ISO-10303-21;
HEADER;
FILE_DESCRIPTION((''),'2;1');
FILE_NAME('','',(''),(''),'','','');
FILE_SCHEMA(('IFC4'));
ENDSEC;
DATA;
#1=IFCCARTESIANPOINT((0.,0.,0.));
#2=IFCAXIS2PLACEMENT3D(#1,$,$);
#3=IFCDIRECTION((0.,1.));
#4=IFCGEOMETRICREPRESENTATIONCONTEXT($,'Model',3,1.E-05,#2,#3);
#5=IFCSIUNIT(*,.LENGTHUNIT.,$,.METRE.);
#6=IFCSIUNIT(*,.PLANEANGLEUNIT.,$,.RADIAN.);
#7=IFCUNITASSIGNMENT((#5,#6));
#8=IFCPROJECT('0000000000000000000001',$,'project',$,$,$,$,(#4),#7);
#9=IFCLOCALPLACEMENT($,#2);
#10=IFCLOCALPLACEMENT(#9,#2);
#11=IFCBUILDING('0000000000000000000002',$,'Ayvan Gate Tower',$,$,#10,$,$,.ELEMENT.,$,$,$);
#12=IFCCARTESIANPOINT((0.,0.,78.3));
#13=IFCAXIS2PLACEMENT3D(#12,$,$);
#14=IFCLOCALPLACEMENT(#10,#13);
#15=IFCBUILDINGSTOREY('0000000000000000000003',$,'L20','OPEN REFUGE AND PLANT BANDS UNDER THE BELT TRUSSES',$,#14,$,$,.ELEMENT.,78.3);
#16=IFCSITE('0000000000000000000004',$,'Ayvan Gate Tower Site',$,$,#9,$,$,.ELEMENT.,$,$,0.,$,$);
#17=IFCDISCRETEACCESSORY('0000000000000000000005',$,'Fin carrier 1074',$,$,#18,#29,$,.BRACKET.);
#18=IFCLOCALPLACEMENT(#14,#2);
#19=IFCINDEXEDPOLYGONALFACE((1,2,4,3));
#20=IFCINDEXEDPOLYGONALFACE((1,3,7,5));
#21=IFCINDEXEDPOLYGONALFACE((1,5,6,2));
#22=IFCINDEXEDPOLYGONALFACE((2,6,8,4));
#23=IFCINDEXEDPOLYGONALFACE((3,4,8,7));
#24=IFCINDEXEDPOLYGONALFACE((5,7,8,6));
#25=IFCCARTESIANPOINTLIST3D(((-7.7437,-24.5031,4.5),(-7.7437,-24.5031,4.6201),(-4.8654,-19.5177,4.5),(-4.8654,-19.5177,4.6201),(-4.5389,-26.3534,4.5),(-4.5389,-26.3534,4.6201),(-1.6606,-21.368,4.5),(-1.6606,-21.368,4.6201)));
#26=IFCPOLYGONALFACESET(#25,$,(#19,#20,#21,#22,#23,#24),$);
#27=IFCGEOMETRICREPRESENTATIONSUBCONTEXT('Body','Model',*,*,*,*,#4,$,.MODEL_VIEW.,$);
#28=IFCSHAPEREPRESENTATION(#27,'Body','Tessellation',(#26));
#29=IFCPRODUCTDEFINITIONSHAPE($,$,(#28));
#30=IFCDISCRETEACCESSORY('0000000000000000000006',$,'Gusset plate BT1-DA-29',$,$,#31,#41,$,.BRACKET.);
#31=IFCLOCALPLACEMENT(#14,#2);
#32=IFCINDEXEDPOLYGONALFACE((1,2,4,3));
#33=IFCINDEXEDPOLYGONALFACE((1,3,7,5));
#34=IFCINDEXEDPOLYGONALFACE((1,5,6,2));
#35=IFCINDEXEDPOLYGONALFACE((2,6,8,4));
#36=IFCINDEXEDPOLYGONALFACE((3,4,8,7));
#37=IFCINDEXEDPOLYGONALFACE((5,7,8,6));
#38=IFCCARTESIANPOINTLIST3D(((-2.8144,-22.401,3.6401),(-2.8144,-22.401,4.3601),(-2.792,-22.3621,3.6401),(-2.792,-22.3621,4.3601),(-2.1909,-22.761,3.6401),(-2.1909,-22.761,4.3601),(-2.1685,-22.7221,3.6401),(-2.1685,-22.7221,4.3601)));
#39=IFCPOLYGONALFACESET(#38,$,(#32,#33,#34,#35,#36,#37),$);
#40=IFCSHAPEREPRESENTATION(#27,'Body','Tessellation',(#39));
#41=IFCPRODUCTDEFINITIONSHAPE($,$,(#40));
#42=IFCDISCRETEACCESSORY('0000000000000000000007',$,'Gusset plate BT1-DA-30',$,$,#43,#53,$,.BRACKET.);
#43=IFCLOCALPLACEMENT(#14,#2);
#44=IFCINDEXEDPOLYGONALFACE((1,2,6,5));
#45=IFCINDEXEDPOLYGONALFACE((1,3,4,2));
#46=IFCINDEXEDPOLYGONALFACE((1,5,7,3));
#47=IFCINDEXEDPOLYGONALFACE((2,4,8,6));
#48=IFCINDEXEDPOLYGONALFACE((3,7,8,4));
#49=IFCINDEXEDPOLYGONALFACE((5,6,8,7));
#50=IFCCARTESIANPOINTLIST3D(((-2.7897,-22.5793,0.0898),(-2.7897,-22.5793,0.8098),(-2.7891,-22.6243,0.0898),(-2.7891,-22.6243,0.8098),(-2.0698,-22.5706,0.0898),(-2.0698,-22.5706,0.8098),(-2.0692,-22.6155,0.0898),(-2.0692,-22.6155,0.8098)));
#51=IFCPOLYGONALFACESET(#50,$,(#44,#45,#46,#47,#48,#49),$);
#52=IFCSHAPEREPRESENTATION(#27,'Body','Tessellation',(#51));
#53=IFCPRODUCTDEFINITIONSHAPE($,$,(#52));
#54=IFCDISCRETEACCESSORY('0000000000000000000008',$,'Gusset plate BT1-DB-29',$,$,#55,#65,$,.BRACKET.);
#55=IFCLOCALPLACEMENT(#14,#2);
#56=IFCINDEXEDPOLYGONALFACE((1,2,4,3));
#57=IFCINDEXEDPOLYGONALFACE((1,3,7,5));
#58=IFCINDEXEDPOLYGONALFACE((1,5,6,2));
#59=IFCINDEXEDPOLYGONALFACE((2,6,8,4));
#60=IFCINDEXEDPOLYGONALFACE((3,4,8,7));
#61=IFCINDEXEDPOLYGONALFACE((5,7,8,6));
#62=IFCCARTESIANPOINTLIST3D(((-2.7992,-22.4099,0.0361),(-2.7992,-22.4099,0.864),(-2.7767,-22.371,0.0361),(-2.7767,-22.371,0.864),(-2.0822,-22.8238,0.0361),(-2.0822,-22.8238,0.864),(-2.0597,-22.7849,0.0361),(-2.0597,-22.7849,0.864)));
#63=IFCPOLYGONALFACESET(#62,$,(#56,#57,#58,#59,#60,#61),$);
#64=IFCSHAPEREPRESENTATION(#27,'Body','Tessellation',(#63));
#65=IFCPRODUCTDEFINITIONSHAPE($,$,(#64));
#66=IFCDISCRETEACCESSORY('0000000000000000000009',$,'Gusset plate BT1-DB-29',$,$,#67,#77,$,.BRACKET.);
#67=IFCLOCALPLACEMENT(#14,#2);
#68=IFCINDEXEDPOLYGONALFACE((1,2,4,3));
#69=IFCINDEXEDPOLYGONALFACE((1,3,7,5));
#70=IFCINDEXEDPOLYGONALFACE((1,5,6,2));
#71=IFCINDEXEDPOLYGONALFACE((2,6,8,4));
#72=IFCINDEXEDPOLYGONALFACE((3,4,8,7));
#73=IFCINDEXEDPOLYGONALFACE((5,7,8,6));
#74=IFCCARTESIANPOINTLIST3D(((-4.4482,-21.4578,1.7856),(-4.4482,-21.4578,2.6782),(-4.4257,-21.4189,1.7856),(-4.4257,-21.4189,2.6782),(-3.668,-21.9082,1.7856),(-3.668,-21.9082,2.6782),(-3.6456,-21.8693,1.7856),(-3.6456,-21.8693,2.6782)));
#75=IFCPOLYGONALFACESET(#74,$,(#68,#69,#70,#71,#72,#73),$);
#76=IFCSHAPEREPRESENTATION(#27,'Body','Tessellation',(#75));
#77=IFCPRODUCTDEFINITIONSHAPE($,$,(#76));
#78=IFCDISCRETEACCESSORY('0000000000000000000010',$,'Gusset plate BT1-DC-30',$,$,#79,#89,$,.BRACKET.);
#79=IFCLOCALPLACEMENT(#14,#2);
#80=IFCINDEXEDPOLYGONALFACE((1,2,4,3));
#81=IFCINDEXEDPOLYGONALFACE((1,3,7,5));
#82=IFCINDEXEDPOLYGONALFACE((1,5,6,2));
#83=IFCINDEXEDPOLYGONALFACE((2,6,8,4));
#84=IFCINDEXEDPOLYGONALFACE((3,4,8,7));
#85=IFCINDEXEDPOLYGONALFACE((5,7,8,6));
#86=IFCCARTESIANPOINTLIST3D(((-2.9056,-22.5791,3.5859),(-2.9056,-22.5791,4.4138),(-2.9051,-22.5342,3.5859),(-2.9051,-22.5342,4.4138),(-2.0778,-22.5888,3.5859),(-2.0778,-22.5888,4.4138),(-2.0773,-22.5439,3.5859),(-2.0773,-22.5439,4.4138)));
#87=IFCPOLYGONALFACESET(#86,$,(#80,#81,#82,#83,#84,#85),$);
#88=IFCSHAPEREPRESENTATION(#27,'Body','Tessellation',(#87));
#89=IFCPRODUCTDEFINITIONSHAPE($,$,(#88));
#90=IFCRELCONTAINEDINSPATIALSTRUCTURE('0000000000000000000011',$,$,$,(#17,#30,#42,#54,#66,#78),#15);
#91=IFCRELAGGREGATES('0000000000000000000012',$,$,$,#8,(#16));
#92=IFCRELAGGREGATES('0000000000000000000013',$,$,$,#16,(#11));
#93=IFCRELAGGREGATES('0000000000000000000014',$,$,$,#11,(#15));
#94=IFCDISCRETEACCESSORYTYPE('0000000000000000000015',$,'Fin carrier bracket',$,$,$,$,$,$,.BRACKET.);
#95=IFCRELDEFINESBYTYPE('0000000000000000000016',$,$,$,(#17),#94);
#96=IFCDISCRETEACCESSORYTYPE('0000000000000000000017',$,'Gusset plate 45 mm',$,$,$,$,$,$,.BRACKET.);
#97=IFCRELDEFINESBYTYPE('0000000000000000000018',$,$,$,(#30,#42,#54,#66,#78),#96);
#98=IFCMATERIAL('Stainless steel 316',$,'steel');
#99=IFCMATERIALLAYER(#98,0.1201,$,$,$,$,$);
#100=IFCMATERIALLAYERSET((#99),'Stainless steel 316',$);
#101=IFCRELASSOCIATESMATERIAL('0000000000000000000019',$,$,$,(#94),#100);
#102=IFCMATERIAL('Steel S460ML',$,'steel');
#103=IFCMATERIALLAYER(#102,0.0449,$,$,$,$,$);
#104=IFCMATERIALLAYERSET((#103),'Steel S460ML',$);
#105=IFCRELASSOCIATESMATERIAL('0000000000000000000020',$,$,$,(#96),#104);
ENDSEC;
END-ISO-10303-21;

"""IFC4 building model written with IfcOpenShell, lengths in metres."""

from ifc_helpers import new_model, si_unit, direction, frame, origin, origin_2d, place, context, subcontext, project, spatial, rectangle, extrude, material, layer, layer_set, type_object, element, save


model = new_model("IFC4")

# Units and contexts
model_context = context("Model", 3, precision=1e-05, world=origin(), true_north=direction((0.0, 1.0)))
body_context = subcontext(model_context, "Body", "Model", "MODEL_VIEW")
ifc_project = project(units=[si_unit("LENGTHUNIT", "METRE"), si_unit("PLANEANGLEUNIT", "RADIAN")], contexts=[model_context])

# Site, building, storey
site_placement = place(None, origin())
site = spatial("IfcSite", under=ifc_project, at=site_placement, Name="Ayvan Gate Tower Site", CompositionType="ELEMENT", RefElevation=0.0)
building_placement = place(site_placement, origin())
building = spatial("IfcBuilding", under=site, at=building_placement, Name="Ayvan Gate Tower", CompositionType="ELEMENT")
storey_placement = place(building_placement, frame((0.0, 0.0, 78.3)))
storey = spatial("IfcBuildingStorey", under=building, at=storey_placement, Name="L20", Description="OPEN REFUGE AND PLANT BANDS UNDER THE BELT TRUSSES", CompositionType="ELEMENT", Elevation=78.3)

# Shared definitions
ifc_material_1 = material(Name="Steel S460ML", Category="steel")

# Discrete accessories
ifc_material_2 = material(Name="Stainless steel 316", Category="steel")
ifc_layer_1 = layer(ifc_material_2, 0.1201)
ifc_layer_set_1 = layer_set([ifc_layer_1], Name="Stainless steel 316")
discrete_accessory_type_1 = type_object("IfcDiscreteAccessoryType", Name="Fin carrier bracket", PredefinedType="BRACKET", material=ifc_layer_set_1)
discrete_accessory_1_placement = place(storey_placement, frame((-4.7021, -22.9355, 4.5), z_axis=(0.0, 0.0, 1.0), x_axis=(0.866025, -0.5, 0.0)))
element("IfcDiscreteAccessory", 1, at=discrete_accessory_1_placement, inside=storey, type_object=discrete_accessory_type_1, Name="Fin carrier 1074", PredefinedType="BRACKET", context=body_context, shape_type="SweptSolid", body=[
    extrude(rectangle(XDim=3.7007, YDim=5.7566, at=origin_2d()), origin(), (0.0, 0.0, 1.0), 0.1201),
])
ifc_layer_2 = layer(ifc_material_1, 0.0449)
ifc_layer_set_2 = layer_set([ifc_layer_2], Name="Steel S460ML")
discrete_accessory_type_2 = type_object("IfcDiscreteAccessoryType", Name="Gusset plate 45 mm", PredefinedType="BRACKET", material=ifc_layer_set_2)
for number, where, z_axis, x_axis, name in (
    (2, (-2.4915, -22.5615, 3.6401), (0.0, 0.0, 1.0), (-0.866025, 0.5, 0.0), "Gusset plate BT1-DA-29"),
    (3, (-2.4294, -22.5974, 0.0898), (0.0, 0.0, 1.0), (0.999926, 0.012175, 0.0), "Gusset plate BT1-DA-30"),
):
    element("IfcDiscreteAccessory", number, at=place(storey_placement, frame(where, z_axis=z_axis, x_axis=x_axis)), inside=storey, type_object=discrete_accessory_type_2, Name=name, PredefinedType="BRACKET", context=body_context, shape_type="SweptSolid", body=[
        extrude(rectangle(XDim=0.72, YDim=0.0449, at=origin_2d()), origin(), (0.0, 0.0, 1.0), 0.72),
    ])
discrete_accessory_2_placement = place(storey_placement, frame((-2.4294, -22.5974, 0.0361), z_axis=(0.0, 0.0, 1.0), x_axis=(-0.866025, 0.5, 0.0)))
element("IfcDiscreteAccessory", 4, at=discrete_accessory_2_placement, inside=storey, type_object=discrete_accessory_type_2, Name="Gusset plate BT1-DB-29", PredefinedType="BRACKET", context=body_context, shape_type="SweptSolid", body=[
    extrude(rectangle(XDim=0.8279, YDim=0.0449, at=origin_2d()), origin(), (0.0, 0.0, 1.0), 0.8279),
])
discrete_accessory_3_placement = place(storey_placement, frame((-4.0469, -21.6636, 1.7856), z_axis=(0.0, 0.0, 1.0), x_axis=(-0.866025, 0.5, 0.0)))
element("IfcDiscreteAccessory", 5, at=discrete_accessory_3_placement, inside=storey, type_object=discrete_accessory_type_2, Name="Gusset plate BT1-DB-29", PredefinedType="BRACKET", context=body_context, shape_type="SweptSolid", body=[
    extrude(rectangle(XDim=0.9009, YDim=0.0449, at=origin_2d()), origin(), (0.0, 0.0, 1.0), 0.8926),
])
discrete_accessory_4_placement = place(storey_placement, frame((-2.4915, -22.5615, 3.5859), z_axis=(0.0, 0.0, 1.0), x_axis=(-0.999932, 0.011683, 0.0)))
element("IfcDiscreteAccessory", 6, at=discrete_accessory_4_placement, inside=storey, type_object=discrete_accessory_type_2, Name="Gusset plate BT1-DC-30", PredefinedType="BRACKET", context=body_context, shape_type="SweptSolid", body=[
    extrude(rectangle(XDim=0.8279, YDim=0.0449, at=origin_2d()), origin(), (0.0, 0.0, 1.0), 0.8279),
])

save(model, "model.ifc")
